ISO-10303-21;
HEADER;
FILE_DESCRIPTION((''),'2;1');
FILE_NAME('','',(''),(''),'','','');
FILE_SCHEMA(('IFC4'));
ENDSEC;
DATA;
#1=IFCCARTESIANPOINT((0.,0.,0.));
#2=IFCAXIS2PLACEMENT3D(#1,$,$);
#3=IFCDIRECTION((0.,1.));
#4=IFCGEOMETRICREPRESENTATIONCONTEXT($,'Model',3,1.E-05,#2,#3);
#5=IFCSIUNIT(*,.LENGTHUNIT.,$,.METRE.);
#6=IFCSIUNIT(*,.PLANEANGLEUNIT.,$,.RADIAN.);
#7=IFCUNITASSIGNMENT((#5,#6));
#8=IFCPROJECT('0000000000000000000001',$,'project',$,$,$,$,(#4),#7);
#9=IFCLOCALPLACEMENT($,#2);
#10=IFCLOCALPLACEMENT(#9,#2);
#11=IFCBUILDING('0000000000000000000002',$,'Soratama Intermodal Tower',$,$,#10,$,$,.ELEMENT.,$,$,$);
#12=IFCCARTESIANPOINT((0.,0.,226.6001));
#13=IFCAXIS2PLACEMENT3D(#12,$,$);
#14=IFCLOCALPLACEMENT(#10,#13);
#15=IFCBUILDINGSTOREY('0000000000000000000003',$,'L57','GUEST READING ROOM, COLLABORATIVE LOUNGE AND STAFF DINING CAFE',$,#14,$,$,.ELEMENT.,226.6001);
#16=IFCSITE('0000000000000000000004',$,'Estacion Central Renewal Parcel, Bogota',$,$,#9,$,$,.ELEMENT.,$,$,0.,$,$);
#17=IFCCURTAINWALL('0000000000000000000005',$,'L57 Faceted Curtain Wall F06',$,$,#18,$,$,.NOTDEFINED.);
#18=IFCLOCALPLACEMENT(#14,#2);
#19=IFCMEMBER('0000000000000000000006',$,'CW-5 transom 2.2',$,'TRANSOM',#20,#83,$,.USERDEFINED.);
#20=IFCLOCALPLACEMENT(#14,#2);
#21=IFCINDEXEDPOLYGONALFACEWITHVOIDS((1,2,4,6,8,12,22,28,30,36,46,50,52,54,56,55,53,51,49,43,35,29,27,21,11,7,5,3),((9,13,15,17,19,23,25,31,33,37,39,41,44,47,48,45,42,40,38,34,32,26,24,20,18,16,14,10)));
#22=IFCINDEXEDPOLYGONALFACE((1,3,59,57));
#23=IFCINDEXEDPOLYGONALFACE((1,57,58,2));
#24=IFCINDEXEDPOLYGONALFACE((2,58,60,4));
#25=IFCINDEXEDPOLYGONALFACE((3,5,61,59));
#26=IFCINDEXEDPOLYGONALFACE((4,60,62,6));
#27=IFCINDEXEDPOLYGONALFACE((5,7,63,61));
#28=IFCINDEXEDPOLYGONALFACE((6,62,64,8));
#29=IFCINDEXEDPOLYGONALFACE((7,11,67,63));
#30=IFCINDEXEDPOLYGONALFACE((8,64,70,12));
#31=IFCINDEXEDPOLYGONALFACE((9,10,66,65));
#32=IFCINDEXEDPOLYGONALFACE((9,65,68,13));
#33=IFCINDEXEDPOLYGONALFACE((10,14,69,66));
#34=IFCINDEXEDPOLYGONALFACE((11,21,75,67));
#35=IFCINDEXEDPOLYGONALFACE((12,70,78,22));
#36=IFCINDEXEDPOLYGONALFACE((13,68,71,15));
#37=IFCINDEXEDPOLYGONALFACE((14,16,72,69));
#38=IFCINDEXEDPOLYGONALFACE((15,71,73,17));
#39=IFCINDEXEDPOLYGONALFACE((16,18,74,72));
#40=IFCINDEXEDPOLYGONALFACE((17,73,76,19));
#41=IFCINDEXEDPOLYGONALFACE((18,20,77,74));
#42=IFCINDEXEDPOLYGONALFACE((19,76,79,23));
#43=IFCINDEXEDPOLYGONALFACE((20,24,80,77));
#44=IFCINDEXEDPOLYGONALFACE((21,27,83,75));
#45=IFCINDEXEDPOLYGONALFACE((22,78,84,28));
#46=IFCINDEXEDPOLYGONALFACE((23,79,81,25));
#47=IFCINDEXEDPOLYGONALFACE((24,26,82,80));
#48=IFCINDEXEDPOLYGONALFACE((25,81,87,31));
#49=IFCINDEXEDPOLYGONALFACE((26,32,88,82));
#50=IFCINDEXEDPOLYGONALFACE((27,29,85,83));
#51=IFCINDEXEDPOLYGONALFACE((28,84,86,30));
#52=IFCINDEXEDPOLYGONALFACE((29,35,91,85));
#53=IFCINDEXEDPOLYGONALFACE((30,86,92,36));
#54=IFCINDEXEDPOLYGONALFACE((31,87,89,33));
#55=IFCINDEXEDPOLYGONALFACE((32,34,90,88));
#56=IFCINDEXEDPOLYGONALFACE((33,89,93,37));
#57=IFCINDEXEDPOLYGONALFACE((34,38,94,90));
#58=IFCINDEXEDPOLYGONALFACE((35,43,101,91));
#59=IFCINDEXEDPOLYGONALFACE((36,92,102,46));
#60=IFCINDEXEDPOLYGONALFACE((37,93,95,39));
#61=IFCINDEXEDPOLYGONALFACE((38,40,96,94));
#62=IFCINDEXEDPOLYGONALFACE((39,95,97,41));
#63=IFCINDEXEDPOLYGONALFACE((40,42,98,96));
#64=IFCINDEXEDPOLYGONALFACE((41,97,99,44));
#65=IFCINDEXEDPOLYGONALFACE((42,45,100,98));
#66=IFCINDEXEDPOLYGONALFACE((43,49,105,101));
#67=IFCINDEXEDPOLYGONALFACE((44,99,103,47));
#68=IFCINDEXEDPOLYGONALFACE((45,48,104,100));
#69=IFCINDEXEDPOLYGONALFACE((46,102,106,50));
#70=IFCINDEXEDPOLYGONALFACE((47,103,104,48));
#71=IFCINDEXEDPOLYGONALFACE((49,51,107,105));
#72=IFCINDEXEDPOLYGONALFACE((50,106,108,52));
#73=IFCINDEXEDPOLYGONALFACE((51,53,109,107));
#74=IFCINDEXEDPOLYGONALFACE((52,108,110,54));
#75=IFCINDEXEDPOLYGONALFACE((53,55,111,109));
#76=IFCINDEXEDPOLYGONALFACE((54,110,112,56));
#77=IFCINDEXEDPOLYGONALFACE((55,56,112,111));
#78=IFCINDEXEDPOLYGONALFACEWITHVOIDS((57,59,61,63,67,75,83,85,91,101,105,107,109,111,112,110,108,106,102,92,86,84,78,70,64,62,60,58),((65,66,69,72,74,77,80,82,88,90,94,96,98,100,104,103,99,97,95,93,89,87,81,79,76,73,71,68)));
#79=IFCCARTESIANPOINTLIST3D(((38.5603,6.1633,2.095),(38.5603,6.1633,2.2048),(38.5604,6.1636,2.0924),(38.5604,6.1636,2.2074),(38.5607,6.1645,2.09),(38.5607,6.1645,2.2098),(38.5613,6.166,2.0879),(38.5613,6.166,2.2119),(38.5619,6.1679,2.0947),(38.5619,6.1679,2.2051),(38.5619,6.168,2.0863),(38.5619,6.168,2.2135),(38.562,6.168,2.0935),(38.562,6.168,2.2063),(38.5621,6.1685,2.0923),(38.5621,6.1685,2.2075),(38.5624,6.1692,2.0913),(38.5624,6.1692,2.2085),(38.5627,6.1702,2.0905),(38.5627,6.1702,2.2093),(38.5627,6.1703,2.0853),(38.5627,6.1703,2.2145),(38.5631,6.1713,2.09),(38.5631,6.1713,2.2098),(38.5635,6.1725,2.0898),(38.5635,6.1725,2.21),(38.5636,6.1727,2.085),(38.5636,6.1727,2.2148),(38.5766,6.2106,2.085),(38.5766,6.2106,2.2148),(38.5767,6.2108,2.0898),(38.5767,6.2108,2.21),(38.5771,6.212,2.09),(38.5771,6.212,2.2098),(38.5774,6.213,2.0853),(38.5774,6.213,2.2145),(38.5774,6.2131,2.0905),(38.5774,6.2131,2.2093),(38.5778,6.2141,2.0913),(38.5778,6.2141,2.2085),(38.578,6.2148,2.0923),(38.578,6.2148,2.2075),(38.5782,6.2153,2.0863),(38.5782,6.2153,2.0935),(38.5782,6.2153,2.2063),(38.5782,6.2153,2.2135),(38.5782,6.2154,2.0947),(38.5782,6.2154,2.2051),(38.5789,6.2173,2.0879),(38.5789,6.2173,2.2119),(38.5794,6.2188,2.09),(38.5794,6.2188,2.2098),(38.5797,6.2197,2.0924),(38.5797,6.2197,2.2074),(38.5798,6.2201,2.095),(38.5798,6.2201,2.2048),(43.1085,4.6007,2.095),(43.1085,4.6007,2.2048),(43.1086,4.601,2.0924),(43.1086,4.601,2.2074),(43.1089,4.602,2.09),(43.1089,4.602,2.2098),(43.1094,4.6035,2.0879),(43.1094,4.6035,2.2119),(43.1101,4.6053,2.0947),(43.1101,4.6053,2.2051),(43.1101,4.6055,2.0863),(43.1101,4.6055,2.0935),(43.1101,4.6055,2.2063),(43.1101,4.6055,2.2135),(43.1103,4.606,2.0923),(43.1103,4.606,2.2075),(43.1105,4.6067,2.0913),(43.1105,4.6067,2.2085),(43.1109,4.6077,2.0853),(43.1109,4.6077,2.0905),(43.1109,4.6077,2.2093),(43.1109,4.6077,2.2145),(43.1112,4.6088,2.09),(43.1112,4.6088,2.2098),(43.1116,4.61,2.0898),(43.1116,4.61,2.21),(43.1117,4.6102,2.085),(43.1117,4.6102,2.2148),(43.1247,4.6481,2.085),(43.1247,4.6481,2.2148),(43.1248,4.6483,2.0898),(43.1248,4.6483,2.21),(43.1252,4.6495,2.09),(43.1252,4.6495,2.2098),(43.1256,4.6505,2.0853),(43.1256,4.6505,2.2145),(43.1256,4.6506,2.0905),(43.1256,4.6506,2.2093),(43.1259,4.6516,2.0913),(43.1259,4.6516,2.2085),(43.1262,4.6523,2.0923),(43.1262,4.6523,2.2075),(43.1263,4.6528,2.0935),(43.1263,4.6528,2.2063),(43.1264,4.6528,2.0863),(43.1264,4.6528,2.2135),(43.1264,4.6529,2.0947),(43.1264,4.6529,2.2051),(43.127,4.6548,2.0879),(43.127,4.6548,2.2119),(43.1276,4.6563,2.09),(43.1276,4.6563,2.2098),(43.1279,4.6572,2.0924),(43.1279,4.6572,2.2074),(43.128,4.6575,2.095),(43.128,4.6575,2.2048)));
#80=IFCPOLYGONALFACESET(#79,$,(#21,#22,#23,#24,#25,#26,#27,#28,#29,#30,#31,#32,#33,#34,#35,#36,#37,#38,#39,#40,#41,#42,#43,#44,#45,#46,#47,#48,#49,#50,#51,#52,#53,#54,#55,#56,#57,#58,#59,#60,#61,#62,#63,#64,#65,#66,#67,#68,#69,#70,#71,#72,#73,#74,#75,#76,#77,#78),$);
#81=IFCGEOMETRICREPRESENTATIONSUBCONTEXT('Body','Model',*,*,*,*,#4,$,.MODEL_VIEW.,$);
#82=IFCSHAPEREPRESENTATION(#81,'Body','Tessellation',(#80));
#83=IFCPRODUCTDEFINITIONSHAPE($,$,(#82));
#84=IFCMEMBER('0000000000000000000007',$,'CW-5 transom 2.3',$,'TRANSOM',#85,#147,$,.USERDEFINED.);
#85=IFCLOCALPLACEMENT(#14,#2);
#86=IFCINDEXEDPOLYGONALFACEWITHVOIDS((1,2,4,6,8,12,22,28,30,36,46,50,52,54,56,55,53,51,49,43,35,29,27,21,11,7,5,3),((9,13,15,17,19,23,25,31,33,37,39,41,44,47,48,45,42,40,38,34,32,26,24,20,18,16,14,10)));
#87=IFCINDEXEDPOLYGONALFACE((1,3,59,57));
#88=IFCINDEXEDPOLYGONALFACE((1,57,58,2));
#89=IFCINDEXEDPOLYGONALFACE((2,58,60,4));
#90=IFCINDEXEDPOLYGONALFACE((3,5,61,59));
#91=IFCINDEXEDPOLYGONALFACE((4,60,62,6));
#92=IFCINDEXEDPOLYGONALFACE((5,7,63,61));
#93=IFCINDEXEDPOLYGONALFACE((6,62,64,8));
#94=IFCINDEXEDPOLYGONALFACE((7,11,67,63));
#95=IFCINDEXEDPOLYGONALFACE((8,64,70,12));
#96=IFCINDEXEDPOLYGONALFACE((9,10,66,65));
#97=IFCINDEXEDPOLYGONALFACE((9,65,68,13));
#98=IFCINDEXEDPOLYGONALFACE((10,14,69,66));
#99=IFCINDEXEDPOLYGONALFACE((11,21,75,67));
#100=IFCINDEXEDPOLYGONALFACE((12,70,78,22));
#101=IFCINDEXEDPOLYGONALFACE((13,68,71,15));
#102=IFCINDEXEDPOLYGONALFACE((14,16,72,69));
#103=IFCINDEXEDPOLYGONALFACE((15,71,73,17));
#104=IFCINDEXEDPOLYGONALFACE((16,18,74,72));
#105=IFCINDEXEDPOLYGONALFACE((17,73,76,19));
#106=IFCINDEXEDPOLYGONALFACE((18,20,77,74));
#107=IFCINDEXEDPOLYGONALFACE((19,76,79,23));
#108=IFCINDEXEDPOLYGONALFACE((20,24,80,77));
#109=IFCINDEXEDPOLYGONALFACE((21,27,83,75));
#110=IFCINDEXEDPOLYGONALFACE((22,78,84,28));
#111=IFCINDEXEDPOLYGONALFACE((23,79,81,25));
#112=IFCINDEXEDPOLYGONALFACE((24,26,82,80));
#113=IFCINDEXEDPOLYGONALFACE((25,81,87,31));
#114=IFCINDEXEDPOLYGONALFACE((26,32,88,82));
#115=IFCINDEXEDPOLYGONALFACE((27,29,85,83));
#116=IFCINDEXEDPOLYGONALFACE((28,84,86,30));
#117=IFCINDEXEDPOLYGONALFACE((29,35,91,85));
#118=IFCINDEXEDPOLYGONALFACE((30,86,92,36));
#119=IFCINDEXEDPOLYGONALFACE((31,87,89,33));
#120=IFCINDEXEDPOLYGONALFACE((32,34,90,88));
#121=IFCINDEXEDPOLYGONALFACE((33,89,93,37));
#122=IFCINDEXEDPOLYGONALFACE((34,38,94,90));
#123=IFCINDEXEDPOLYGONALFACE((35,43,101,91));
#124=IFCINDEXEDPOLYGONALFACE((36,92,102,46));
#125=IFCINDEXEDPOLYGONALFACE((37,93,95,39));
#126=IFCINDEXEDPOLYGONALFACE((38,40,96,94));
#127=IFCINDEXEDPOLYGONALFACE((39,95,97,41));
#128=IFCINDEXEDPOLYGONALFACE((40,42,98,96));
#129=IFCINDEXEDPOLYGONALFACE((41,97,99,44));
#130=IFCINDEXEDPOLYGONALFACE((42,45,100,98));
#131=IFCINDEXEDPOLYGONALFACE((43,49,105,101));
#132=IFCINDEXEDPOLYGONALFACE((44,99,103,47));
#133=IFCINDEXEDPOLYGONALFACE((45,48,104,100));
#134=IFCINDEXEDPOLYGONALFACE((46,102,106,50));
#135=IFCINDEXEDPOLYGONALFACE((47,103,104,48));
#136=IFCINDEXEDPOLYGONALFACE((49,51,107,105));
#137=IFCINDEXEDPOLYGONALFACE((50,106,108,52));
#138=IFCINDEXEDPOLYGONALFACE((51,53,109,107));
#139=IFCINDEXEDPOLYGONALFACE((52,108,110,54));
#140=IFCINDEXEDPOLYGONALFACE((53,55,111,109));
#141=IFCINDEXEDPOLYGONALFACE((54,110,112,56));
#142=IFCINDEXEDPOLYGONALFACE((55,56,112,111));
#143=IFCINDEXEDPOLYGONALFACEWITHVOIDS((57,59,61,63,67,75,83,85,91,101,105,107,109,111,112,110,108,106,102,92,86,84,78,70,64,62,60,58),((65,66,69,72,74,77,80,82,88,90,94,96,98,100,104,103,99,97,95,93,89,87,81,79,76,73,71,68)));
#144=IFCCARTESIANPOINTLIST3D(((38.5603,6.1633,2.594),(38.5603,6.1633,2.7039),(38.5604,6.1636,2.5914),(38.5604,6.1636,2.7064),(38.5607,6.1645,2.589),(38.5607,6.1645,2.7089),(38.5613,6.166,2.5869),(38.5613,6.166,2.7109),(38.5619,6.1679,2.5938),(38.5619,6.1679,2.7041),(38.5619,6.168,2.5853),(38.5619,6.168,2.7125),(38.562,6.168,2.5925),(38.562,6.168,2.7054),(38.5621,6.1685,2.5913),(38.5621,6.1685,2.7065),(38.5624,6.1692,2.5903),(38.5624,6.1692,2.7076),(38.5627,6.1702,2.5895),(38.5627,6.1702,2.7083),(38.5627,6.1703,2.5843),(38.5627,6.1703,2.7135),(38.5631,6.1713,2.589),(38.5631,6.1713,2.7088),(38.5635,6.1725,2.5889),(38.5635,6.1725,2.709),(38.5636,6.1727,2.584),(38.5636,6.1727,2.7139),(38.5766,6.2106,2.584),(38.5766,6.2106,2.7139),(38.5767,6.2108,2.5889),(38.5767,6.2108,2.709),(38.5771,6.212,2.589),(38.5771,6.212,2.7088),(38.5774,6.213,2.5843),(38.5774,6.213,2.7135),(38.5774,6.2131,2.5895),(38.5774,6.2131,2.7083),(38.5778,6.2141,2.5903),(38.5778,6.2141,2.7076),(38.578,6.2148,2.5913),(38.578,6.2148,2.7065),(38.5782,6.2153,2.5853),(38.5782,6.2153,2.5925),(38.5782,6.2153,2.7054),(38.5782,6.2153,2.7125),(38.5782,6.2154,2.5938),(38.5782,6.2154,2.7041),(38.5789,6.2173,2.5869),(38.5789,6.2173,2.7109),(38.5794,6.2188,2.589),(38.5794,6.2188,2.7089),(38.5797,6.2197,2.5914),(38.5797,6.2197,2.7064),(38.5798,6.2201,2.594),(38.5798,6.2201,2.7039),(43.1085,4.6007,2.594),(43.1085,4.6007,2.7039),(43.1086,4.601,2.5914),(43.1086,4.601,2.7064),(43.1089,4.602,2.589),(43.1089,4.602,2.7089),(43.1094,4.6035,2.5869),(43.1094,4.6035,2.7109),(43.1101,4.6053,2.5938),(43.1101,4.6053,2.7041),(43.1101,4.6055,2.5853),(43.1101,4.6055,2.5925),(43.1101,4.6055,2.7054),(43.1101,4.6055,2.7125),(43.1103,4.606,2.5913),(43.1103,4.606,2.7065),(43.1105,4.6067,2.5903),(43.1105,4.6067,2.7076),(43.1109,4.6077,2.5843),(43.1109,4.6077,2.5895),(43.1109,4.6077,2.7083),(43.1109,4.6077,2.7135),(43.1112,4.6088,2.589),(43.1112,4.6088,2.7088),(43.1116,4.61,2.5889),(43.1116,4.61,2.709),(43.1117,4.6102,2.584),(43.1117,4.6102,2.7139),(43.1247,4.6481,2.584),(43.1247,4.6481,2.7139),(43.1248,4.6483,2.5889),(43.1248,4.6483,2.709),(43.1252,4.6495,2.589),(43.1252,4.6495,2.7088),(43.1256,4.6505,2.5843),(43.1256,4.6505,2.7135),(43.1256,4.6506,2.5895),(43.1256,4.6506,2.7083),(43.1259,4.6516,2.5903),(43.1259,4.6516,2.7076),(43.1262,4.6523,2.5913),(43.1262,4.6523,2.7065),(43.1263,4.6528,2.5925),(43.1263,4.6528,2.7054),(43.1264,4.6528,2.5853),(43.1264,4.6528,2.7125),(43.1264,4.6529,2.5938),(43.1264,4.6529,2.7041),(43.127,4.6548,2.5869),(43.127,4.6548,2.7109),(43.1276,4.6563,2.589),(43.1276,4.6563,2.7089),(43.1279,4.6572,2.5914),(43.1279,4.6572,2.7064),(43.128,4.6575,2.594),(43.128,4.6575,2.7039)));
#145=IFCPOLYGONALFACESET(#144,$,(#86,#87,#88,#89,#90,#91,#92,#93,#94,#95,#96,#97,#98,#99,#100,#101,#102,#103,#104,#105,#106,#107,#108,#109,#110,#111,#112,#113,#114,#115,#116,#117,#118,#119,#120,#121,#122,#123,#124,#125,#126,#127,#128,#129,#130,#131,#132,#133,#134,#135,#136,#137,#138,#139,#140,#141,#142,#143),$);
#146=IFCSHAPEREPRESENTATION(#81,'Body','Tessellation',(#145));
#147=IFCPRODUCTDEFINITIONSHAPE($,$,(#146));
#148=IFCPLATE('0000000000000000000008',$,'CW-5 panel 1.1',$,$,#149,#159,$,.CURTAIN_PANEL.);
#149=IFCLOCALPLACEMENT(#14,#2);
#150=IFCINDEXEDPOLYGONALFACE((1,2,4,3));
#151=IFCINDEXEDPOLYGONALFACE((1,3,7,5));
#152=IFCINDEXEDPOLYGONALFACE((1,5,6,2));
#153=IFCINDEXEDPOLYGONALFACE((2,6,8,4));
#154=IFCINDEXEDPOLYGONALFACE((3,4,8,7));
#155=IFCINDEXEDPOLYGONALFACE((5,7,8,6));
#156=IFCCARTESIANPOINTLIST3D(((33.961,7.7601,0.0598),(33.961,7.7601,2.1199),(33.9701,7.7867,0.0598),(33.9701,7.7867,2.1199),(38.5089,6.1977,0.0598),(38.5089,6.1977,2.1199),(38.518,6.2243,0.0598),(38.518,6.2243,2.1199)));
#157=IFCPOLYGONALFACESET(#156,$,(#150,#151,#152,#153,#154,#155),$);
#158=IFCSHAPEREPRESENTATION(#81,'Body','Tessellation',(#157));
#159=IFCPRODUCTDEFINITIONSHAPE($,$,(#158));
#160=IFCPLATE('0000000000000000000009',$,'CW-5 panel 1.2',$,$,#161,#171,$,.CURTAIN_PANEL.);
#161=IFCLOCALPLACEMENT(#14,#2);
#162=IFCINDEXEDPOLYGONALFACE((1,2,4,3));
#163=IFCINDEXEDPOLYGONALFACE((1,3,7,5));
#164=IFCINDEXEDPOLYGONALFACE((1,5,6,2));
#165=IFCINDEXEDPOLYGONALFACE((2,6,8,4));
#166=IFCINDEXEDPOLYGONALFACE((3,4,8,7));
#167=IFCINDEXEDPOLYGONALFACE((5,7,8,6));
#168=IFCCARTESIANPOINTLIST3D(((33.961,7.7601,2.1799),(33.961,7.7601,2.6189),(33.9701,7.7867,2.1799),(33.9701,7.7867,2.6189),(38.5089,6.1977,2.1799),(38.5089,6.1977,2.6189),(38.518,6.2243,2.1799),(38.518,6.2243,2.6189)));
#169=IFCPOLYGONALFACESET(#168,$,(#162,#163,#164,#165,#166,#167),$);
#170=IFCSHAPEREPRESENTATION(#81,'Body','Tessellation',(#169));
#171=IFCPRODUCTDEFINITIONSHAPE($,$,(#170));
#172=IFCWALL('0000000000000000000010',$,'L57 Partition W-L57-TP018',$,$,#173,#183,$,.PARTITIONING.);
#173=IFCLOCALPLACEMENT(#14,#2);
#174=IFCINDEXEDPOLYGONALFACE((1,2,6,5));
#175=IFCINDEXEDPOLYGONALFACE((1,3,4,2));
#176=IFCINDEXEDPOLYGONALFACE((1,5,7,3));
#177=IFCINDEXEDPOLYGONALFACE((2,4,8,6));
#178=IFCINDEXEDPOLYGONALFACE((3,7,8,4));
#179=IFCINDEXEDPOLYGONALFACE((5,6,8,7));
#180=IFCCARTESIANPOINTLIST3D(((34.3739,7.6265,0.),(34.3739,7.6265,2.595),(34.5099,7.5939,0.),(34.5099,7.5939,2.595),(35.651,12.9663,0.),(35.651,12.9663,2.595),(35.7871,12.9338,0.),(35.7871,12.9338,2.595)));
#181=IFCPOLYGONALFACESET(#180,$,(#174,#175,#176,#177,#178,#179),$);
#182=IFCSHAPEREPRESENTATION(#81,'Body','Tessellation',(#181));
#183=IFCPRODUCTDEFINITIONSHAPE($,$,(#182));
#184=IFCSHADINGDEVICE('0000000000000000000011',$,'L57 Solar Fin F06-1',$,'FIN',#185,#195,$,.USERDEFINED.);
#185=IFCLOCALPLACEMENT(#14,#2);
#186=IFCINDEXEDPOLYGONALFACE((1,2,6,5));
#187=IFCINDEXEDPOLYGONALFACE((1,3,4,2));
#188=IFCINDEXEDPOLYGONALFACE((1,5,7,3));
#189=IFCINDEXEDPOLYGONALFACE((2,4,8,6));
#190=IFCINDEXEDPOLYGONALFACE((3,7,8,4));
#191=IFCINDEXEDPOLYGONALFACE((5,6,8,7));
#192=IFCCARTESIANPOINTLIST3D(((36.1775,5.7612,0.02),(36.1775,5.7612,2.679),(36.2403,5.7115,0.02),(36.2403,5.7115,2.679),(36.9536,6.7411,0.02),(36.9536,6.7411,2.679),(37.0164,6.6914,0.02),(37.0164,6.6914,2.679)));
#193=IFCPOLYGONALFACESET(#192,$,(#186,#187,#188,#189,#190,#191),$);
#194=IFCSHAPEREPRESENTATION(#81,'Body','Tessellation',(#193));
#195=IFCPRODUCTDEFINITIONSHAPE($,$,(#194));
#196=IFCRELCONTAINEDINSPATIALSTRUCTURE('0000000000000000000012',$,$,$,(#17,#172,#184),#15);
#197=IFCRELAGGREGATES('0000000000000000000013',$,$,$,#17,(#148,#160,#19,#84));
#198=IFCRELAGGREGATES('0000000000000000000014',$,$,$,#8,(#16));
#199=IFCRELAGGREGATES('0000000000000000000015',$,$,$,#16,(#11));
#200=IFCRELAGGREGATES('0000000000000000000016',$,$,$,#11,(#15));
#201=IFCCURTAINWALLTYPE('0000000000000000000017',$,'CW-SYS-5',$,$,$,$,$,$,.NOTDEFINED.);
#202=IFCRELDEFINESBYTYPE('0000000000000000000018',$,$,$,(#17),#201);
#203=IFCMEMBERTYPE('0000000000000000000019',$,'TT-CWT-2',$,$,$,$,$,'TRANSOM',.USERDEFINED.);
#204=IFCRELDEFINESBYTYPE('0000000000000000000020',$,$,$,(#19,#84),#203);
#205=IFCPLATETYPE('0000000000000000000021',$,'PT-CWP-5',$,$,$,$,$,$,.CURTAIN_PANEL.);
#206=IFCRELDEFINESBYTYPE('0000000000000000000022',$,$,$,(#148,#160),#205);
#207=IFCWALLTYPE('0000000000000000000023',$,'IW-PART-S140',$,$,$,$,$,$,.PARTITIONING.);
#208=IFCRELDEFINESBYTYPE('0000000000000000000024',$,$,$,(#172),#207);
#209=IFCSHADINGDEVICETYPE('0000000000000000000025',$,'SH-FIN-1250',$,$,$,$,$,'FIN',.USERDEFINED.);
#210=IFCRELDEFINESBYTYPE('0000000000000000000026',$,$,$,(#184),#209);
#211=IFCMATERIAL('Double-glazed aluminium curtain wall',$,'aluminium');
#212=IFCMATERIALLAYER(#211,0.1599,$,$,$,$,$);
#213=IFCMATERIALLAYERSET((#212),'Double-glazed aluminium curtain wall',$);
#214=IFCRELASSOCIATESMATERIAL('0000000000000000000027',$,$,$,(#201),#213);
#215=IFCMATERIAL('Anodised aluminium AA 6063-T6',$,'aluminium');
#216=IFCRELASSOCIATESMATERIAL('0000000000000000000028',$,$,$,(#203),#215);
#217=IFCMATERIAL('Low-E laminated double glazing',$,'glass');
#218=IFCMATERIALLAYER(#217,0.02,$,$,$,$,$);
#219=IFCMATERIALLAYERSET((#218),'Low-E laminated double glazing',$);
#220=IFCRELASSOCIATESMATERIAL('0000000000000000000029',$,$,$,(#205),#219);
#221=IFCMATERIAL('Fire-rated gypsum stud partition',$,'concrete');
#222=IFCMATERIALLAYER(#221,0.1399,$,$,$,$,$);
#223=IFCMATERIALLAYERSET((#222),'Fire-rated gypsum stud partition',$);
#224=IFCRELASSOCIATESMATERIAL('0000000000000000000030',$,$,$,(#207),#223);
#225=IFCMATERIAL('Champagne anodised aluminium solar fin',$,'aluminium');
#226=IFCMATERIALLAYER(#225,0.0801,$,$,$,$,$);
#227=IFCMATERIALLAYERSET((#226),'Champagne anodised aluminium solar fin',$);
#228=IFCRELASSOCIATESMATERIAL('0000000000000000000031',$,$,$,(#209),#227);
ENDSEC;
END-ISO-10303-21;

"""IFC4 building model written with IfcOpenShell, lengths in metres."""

from ifc_helpers import new_model, si_unit, direction, frame, frame_2d, origin, origin_2d, place, context, subcontext, project, spatial, rectangle, hollow_rectangle, extrude, material, layer, layer_set, material_profile, profile_set, type_object, element, aggregate, save


model = new_model("IFC4")

# Units and contexts
model_context = context("Model", 3, precision=1e-05, world=origin(), true_north=direction((0.0, 1.0)))
body_context = subcontext(model_context, "Body", "Model", "MODEL_VIEW")
ifc_project = project(units=[si_unit("LENGTHUNIT", "METRE"), si_unit("PLANEANGLEUNIT", "RADIAN")], contexts=[model_context])

# Site, building, storey
site_placement = place(None, origin())
site = spatial("IfcSite", under=ifc_project, at=site_placement, Name="Estacion Central Renewal Parcel, Bogota", CompositionType="ELEMENT", RefElevation=0.0)
building_placement = place(site_placement, origin())
building = spatial("IfcBuilding", under=site, at=building_placement, Name="Soratama Intermodal Tower", CompositionType="ELEMENT")
storey_placement = place(building_placement, frame((0.0, 0.0, 226.6001)))
storey = spatial("IfcBuildingStorey", under=building, at=storey_placement, Name="L57", Description="GUEST READING ROOM, COLLABORATIVE LOUNGE AND STAFF DINING CAFE", CompositionType="ELEMENT", Elevation=226.6001)

# Curtain wall, members, plates
ifc_material_1 = material(Name="Double-glazed aluminium curtain wall", Category="aluminium")
ifc_layer_1 = layer(ifc_material_1, 0.1599)
ifc_layer_set_1 = layer_set([ifc_layer_1], Name="Double-glazed aluminium curtain wall")
curtain_wall_type = type_object("IfcCurtainWallType", Name="CW-SYS-5", PredefinedType="NOTDEFINED", material=ifc_layer_set_1)
curtain_wall_placement = place(storey_placement, origin())
curtain_wall = element("IfcCurtainWall", 1, at=curtain_wall_placement, inside=storey, type_object=curtain_wall_type, Name="L57 Faceted Curtain Wall F06", PredefinedType="NOTDEFINED")
ifc_material_2 = material(Name="Anodised aluminium AA 6063-T6", Category="aluminium")
ifc_material_profile_1 = material_profile(ifc_material_2, hollow_rectangle(XDim=0.0601, YDim=0.1299, WallThickness=0.0049, InnerFilletRadius=0.0049, OuterFilletRadius=0.01, at=origin_2d()), Name="CWT130X60X5")
ifc_profile_set_1 = profile_set([ifc_material_profile_1], Name="Anodised aluminium AA 6063-T6")
member_type_1 = type_object("IfcMemberType", Name="TT-CWT-2", ElementType="TRANSOM", PredefinedType="USERDEFINED", material=ifc_profile_set_1)
member_1_placement = place(storey_placement, frame((38.5701, 6.1917, 2.1499), z_axis=(0.945745, -0.324911, 0.0), x_axis=(0.324911, 0.945745, 0.0)))
member_1 = element("IfcMember", 2, at=member_1_placement, type_object=member_type_1, Name="CW-5 transom 2.2", ObjectType="TRANSOM", PredefinedType="USERDEFINED", context=body_context, shape_type="SweptSolid", body=[
    extrude(hollow_rectangle(XDim=0.0601, YDim=0.1299, WallThickness=0.0049, InnerFilletRadius=0.0049, OuterFilletRadius=0.01, at=origin_2d()), origin(), (0.0, 0.0, 1.0), 4.8091),
])
member_2_placement = place(storey_placement, frame((38.5701, 6.1917, 2.6489), z_axis=(0.945745, -0.324911, 0.0), x_axis=(0.324911, 0.945745, 0.0)))
member_2 = element("IfcMember", 3, at=member_2_placement, type_object=member_type_1, Name="CW-5 transom 2.3", ObjectType="TRANSOM", PredefinedType="USERDEFINED", context=body_context, shape_type="SweptSolid", body=[
    extrude(hollow_rectangle(XDim=0.0601, YDim=0.1299, WallThickness=0.0049, InnerFilletRadius=0.0049, OuterFilletRadius=0.01, at=origin_2d()), origin(), (0.0, 0.0, 1.0), 4.8091),
])
ifc_material_3 = material(Name="Low-E laminated double glazing", Category="glass")
ifc_layer_2 = layer(ifc_material_3, 0.02)
ifc_layer_set_2 = layer_set([ifc_layer_2], Name="Low-E laminated double glazing")
plate_type = type_object("IfcPlateType", Name="PT-CWP-5", PredefinedType="CURTAIN_PANEL", material=ifc_layer_set_2)
plate_1_placement = place(storey_placement, frame((36.2395, 6.9922, 0.0598), z_axis=(0.0, 0.0, 1.0), x_axis=(0.945747, -0.324904, 0.0)))
plate_1 = element("IfcPlate", 4, at=plate_1_placement, type_object=plate_type, Name="CW-5 panel 1.1", PredefinedType="CURTAIN_PANEL", context=body_context, shape_type="SweptSolid", body=[
    extrude(rectangle(XDim=4.8088, YDim=0.0281, at=origin_2d()), origin(), (0.0, 0.0, 1.0), 2.0601),
])
plate_2_placement = place(storey_placement, frame((36.2395, 6.9922, 2.1799), z_axis=(0.0, 0.0, 1.0), x_axis=(0.945747, -0.324904, 0.0)))
plate_2 = element("IfcPlate", 5, at=plate_2_placement, type_object=plate_type, Name="CW-5 panel 1.2", PredefinedType="CURTAIN_PANEL", context=body_context, shape_type="SweptSolid", body=[
    extrude(rectangle(XDim=4.8088, YDim=0.0281, at=origin_2d()), origin(), (0.0, 0.0, 1.0), 0.439),
])
aggregate(curtain_wall, [plate_1, plate_2, member_1, member_2])

# Wall
ifc_material_4 = material(Name="Fire-rated gypsum stud partition", Category="concrete")
ifc_layer_3 = layer(ifc_material_4, 0.1399)
ifc_layer_set_3 = layer_set([ifc_layer_3], Name="Fire-rated gypsum stud partition")
wall_type_1 = type_object("IfcWallType", Name="IW-PART-S140", PredefinedType="PARTITIONING", material=ifc_layer_set_3)
wall_1_placement = place(storey_placement, frame((35.719, 12.95, 0.0), z_axis=(0.0, 0.0, 1.0), x_axis=(-0.232604, -0.972571, 0.0)))
element("IfcWall", 6, at=wall_1_placement, inside=storey, type_object=wall_type_1, Name="L57 Partition W-L57-TP018", PredefinedType="PARTITIONING", context=body_context, shape_type="SweptSolid", body=[
    extrude(rectangle(XDim=5.4905, YDim=0.1399, at=frame_2d((2.7451, 0.0))), origin(), (0.0, 0.0, 1.0), 2.595),
])

# Shading device
ifc_material_5 = material(Name="Champagne anodised aluminium solar fin", Category="aluminium")
ifc_layer_4 = layer(ifc_material_5, 0.0801)
ifc_layer_set_4 = layer_set([ifc_layer_4], Name="Champagne anodised aluminium solar fin")
shading_device_type = type_object("IfcShadingDeviceType", Name="SH-FIN-1250", ElementType="FIN", PredefinedType="USERDEFINED", material=ifc_layer_set_4)
shading_device_placement = place(storey_placement, frame((36.5969, 6.2263, 0.02), z_axis=(0.0, 0.0, 1.0), x_axis=(-0.620874, -0.78391, 0.0)))
element("IfcShadingDevice", 7, at=shading_device_placement, inside=storey, type_object=shading_device_type, Name="L57 Solar Fin F06-1", ObjectType="FIN", PredefinedType="USERDEFINED", context=body_context, shape_type="SweptSolid", body=[
    extrude(rectangle(XDim=1.25, YDim=0.0801, at=origin_2d()), origin(), (0.0, 0.0, 1.0), 2.6589),
])

save(model, "model.ifc")
